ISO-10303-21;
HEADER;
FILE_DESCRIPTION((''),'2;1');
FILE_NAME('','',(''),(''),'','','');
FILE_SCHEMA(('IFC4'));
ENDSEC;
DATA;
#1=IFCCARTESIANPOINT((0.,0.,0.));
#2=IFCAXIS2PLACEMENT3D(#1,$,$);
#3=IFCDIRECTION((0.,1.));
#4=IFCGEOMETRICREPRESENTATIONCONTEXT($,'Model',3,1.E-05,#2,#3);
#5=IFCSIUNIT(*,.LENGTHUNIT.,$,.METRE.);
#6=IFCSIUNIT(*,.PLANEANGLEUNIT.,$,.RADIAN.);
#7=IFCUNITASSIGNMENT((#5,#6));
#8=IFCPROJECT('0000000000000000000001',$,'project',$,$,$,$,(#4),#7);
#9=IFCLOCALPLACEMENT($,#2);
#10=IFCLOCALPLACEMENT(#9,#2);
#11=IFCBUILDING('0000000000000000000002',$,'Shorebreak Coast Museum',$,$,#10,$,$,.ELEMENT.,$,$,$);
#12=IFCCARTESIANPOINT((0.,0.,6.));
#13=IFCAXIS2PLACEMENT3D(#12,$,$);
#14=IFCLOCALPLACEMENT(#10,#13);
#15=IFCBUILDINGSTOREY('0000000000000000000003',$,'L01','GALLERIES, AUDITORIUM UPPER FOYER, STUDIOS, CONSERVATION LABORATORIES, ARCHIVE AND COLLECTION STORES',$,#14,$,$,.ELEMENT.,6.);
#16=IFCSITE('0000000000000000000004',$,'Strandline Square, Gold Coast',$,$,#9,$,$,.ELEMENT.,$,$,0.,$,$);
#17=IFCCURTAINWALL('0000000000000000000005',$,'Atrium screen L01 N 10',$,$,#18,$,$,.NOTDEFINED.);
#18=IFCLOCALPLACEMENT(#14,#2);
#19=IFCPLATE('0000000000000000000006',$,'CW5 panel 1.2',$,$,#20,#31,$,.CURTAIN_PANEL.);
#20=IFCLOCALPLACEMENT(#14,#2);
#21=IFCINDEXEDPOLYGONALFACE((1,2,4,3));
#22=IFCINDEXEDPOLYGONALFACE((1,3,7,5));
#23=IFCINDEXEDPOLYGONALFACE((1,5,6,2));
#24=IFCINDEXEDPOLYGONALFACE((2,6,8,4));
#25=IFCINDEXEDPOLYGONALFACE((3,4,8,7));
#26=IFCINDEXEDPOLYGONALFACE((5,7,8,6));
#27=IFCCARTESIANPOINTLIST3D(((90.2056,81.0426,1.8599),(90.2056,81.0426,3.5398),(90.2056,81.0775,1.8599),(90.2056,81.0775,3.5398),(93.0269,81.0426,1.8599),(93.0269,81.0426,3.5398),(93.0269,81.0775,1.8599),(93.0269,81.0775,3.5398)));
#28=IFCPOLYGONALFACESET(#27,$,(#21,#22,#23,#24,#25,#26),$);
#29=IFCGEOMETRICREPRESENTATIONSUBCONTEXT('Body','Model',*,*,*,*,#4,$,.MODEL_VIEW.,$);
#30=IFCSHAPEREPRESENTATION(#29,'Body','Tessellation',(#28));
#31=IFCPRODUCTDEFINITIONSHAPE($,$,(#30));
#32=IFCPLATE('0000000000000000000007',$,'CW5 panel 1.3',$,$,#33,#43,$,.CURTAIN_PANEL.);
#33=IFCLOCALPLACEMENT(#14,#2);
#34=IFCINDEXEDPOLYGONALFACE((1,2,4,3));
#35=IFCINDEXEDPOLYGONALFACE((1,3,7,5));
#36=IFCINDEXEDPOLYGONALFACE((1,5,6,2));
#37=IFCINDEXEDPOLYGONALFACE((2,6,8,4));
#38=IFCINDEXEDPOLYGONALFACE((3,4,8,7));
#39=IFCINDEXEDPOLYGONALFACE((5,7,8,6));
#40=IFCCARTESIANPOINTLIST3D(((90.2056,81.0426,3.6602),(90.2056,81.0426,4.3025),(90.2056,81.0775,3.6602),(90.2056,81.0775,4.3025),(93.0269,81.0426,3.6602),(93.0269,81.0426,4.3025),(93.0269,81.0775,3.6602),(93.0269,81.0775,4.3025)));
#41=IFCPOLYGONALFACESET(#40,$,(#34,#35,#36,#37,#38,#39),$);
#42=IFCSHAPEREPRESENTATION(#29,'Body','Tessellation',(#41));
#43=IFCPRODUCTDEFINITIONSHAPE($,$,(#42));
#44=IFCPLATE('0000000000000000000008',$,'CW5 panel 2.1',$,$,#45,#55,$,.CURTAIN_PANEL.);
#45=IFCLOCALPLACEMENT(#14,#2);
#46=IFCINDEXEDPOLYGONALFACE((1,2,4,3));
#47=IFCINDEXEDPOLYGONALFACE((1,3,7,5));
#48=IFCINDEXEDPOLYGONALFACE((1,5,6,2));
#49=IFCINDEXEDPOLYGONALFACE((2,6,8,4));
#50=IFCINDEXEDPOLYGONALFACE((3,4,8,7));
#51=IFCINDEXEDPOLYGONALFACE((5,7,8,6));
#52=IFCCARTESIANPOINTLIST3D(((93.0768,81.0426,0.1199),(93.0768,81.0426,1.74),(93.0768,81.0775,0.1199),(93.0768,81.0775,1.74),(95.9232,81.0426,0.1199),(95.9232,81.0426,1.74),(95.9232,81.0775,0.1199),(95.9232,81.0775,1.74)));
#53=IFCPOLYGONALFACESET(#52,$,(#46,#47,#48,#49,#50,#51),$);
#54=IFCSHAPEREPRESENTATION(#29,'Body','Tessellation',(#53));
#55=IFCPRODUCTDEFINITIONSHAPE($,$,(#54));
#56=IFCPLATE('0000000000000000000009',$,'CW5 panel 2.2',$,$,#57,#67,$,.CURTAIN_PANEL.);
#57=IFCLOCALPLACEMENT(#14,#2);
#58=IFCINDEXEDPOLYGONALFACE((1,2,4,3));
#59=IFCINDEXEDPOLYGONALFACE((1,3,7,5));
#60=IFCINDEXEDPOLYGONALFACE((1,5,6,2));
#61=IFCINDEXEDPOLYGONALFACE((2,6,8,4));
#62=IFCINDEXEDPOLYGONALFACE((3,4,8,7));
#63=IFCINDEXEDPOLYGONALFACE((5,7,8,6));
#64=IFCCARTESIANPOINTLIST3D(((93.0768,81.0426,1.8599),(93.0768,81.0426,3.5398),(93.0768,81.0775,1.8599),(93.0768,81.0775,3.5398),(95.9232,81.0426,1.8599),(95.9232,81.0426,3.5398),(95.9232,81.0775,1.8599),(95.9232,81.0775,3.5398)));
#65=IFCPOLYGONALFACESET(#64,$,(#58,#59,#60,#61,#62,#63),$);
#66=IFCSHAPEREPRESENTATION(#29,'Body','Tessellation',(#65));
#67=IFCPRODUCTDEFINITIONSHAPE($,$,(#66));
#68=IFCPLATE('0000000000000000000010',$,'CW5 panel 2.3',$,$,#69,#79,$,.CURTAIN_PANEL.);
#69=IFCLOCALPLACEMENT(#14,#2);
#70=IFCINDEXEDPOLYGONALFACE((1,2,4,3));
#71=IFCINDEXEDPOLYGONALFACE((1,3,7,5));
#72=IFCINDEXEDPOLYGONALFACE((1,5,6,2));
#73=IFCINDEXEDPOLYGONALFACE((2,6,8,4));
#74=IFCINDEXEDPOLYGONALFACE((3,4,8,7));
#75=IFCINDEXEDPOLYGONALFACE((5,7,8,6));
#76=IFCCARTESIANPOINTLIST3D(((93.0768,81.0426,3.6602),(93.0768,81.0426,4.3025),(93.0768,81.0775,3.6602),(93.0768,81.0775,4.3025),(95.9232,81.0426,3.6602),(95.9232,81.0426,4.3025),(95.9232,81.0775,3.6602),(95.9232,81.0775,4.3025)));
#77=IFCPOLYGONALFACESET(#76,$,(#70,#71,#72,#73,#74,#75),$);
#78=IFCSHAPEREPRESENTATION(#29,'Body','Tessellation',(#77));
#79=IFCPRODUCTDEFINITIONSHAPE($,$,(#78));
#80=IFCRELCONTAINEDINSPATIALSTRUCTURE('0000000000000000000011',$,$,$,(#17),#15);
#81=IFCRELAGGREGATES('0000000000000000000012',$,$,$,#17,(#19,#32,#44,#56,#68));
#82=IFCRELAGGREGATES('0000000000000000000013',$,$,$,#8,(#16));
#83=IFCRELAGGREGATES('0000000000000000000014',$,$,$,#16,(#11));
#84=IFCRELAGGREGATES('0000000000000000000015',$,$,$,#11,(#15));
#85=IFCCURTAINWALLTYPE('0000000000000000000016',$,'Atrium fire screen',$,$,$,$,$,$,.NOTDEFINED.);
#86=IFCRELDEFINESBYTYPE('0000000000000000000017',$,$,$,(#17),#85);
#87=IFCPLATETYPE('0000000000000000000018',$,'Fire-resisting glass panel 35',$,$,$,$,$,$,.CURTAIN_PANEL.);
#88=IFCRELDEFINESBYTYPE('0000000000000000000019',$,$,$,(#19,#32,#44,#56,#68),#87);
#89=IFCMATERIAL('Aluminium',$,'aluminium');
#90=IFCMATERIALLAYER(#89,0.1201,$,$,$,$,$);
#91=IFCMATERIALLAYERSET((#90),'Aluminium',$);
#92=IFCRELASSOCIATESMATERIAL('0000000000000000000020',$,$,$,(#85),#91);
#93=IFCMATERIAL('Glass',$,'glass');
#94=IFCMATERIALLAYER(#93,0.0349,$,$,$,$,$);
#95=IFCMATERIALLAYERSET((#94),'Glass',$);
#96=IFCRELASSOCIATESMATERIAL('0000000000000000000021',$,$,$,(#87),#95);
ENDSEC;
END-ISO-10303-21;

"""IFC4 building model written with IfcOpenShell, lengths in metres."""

from ifc_helpers import new_model, si_unit, direction, frame, origin, origin_2d, place, context, subcontext, project, spatial, rectangle, extrude, material, layer, layer_set, type_object, element, aggregate, save


model = new_model("IFC4")

# Units and contexts
model_context = context("Model", 3, precision=1e-05, world=origin(), true_north=direction((0.0, 1.0)))
body_context = subcontext(model_context, "Body", "Model", "MODEL_VIEW")
ifc_project = project(units=[si_unit("LENGTHUNIT", "METRE"), si_unit("PLANEANGLEUNIT", "RADIAN")], contexts=[model_context])

# Site, building, storey
site_placement = place(None, origin())
site = spatial("IfcSite", under=ifc_project, at=site_placement, Name="Strandline Square, Gold Coast", CompositionType="ELEMENT", RefElevation=0.0)
building_placement = place(site_placement, origin())
building = spatial("IfcBuilding", under=site, at=building_placement, Name="Shorebreak Coast Museum", CompositionType="ELEMENT")
storey_placement = place(building_placement, frame((0.0, 0.0, 6.0)))
storey = spatial("IfcBuildingStorey", under=building, at=storey_placement, Name="L01", Description="GALLERIES, AUDITORIUM UPPER FOYER, STUDIOS, CONSERVATION LABORATORIES, ARCHIVE AND COLLECTION STORES", CompositionType="ELEMENT", Elevation=6.0)

# Curtain wall
ifc_material_1 = material(Name="Aluminium", Category="aluminium")
ifc_layer_1 = layer(ifc_material_1, 0.1201)
ifc_layer_set_1 = layer_set([ifc_layer_1], Name="Aluminium")
curtain_wall_type = type_object("IfcCurtainWallType", Name="Atrium fire screen", PredefinedType="NOTDEFINED", material=ifc_layer_set_1)
curtain_wall_1_placement = place(storey_placement, origin())
curtain_wall_1 = element("IfcCurtainWall", 1, at=curtain_wall_1_placement, inside=storey, type_object=curtain_wall_type, Name="Atrium screen L01 N 10", PredefinedType="NOTDEFINED")

# Plates
ifc_material_2 = material(Name="Glass", Category="glass")
ifc_layer_2 = layer(ifc_material_2, 0.0349)
ifc_layer_set_2 = layer_set([ifc_layer_2], Name="Glass")
plate_type = type_object("IfcPlateType", Name="Fire-resisting glass panel 35", PredefinedType="CURTAIN_PANEL", material=ifc_layer_set_2)
plate_1_placement = place(storey_placement, frame((91.6162, 81.0601, 1.8599), z_axis=(0.0, 0.0, 1.0), x_axis=(1.0, 0.0, 0.0)))
plate_1 = element("IfcPlate", 2, at=plate_1_placement, type_object=plate_type, Name="CW5 panel 1.2", PredefinedType="CURTAIN_PANEL", context=body_context, shape_type="SweptSolid", body=[
    extrude(rectangle(XDim=2.8213, YDim=0.0349, at=origin_2d()), origin(), (0.0, 0.0, 1.0), 1.6799),
])
plate_2_placement = place(storey_placement, frame((91.6162, 81.0601, 3.6602), z_axis=(0.0, 0.0, 1.0), x_axis=(1.0, 0.0, 0.0)))
plate_2 = element("IfcPlate", 3, at=plate_2_placement, type_object=plate_type, Name="CW5 panel 1.3", PredefinedType="CURTAIN_PANEL", context=body_context, shape_type="SweptSolid", body=[
    extrude(rectangle(XDim=2.8213, YDim=0.0349, at=origin_2d()), origin(), (0.0, 0.0, 1.0), 0.6423),
])
plate_3_placement = place(storey_placement, frame((94.5, 81.0601, 0.1199), z_axis=(0.0, 0.0, 1.0), x_axis=(1.0, 0.0, 0.0)))
plate_3 = element("IfcPlate", 4, at=plate_3_placement, type_object=plate_type, Name="CW5 panel 2.1", PredefinedType="CURTAIN_PANEL", context=body_context, shape_type="SweptSolid", body=[
    extrude(rectangle(XDim=2.8464, YDim=0.0349, at=origin_2d()), origin(), (0.0, 0.0, 1.0), 1.6201),
])
plate_4_placement = place(storey_placement, frame((94.5, 81.0601, 1.8599), z_axis=(0.0, 0.0, 1.0), x_axis=(1.0, 0.0, 0.0)))
plate_4 = element("IfcPlate", 5, at=plate_4_placement, type_object=plate_type, Name="CW5 panel 2.2", PredefinedType="CURTAIN_PANEL", context=body_context, shape_type="SweptSolid", body=[
    extrude(rectangle(XDim=2.8464, YDim=0.0349, at=origin_2d()), origin(), (0.0, 0.0, 1.0), 1.6799),
])
plate_5_placement = place(storey_placement, frame((94.5, 81.0601, 3.6602), z_axis=(0.0, 0.0, 1.0), x_axis=(1.0, 0.0, 0.0)))
plate_5 = element("IfcPlate", 6, at=plate_5_placement, type_object=plate_type, Name="CW5 panel 2.3", PredefinedType="CURTAIN_PANEL", context=body_context, shape_type="SweptSolid", body=[
    extrude(rectangle(XDim=2.8464, YDim=0.0349, at=origin_2d()), origin(), (0.0, 0.0, 1.0), 0.6423),
])
aggregate(curtain_wall_1, [plate_1, plate_2, plate_3, plate_4, plate_5])

save(model, "model.ifc")
